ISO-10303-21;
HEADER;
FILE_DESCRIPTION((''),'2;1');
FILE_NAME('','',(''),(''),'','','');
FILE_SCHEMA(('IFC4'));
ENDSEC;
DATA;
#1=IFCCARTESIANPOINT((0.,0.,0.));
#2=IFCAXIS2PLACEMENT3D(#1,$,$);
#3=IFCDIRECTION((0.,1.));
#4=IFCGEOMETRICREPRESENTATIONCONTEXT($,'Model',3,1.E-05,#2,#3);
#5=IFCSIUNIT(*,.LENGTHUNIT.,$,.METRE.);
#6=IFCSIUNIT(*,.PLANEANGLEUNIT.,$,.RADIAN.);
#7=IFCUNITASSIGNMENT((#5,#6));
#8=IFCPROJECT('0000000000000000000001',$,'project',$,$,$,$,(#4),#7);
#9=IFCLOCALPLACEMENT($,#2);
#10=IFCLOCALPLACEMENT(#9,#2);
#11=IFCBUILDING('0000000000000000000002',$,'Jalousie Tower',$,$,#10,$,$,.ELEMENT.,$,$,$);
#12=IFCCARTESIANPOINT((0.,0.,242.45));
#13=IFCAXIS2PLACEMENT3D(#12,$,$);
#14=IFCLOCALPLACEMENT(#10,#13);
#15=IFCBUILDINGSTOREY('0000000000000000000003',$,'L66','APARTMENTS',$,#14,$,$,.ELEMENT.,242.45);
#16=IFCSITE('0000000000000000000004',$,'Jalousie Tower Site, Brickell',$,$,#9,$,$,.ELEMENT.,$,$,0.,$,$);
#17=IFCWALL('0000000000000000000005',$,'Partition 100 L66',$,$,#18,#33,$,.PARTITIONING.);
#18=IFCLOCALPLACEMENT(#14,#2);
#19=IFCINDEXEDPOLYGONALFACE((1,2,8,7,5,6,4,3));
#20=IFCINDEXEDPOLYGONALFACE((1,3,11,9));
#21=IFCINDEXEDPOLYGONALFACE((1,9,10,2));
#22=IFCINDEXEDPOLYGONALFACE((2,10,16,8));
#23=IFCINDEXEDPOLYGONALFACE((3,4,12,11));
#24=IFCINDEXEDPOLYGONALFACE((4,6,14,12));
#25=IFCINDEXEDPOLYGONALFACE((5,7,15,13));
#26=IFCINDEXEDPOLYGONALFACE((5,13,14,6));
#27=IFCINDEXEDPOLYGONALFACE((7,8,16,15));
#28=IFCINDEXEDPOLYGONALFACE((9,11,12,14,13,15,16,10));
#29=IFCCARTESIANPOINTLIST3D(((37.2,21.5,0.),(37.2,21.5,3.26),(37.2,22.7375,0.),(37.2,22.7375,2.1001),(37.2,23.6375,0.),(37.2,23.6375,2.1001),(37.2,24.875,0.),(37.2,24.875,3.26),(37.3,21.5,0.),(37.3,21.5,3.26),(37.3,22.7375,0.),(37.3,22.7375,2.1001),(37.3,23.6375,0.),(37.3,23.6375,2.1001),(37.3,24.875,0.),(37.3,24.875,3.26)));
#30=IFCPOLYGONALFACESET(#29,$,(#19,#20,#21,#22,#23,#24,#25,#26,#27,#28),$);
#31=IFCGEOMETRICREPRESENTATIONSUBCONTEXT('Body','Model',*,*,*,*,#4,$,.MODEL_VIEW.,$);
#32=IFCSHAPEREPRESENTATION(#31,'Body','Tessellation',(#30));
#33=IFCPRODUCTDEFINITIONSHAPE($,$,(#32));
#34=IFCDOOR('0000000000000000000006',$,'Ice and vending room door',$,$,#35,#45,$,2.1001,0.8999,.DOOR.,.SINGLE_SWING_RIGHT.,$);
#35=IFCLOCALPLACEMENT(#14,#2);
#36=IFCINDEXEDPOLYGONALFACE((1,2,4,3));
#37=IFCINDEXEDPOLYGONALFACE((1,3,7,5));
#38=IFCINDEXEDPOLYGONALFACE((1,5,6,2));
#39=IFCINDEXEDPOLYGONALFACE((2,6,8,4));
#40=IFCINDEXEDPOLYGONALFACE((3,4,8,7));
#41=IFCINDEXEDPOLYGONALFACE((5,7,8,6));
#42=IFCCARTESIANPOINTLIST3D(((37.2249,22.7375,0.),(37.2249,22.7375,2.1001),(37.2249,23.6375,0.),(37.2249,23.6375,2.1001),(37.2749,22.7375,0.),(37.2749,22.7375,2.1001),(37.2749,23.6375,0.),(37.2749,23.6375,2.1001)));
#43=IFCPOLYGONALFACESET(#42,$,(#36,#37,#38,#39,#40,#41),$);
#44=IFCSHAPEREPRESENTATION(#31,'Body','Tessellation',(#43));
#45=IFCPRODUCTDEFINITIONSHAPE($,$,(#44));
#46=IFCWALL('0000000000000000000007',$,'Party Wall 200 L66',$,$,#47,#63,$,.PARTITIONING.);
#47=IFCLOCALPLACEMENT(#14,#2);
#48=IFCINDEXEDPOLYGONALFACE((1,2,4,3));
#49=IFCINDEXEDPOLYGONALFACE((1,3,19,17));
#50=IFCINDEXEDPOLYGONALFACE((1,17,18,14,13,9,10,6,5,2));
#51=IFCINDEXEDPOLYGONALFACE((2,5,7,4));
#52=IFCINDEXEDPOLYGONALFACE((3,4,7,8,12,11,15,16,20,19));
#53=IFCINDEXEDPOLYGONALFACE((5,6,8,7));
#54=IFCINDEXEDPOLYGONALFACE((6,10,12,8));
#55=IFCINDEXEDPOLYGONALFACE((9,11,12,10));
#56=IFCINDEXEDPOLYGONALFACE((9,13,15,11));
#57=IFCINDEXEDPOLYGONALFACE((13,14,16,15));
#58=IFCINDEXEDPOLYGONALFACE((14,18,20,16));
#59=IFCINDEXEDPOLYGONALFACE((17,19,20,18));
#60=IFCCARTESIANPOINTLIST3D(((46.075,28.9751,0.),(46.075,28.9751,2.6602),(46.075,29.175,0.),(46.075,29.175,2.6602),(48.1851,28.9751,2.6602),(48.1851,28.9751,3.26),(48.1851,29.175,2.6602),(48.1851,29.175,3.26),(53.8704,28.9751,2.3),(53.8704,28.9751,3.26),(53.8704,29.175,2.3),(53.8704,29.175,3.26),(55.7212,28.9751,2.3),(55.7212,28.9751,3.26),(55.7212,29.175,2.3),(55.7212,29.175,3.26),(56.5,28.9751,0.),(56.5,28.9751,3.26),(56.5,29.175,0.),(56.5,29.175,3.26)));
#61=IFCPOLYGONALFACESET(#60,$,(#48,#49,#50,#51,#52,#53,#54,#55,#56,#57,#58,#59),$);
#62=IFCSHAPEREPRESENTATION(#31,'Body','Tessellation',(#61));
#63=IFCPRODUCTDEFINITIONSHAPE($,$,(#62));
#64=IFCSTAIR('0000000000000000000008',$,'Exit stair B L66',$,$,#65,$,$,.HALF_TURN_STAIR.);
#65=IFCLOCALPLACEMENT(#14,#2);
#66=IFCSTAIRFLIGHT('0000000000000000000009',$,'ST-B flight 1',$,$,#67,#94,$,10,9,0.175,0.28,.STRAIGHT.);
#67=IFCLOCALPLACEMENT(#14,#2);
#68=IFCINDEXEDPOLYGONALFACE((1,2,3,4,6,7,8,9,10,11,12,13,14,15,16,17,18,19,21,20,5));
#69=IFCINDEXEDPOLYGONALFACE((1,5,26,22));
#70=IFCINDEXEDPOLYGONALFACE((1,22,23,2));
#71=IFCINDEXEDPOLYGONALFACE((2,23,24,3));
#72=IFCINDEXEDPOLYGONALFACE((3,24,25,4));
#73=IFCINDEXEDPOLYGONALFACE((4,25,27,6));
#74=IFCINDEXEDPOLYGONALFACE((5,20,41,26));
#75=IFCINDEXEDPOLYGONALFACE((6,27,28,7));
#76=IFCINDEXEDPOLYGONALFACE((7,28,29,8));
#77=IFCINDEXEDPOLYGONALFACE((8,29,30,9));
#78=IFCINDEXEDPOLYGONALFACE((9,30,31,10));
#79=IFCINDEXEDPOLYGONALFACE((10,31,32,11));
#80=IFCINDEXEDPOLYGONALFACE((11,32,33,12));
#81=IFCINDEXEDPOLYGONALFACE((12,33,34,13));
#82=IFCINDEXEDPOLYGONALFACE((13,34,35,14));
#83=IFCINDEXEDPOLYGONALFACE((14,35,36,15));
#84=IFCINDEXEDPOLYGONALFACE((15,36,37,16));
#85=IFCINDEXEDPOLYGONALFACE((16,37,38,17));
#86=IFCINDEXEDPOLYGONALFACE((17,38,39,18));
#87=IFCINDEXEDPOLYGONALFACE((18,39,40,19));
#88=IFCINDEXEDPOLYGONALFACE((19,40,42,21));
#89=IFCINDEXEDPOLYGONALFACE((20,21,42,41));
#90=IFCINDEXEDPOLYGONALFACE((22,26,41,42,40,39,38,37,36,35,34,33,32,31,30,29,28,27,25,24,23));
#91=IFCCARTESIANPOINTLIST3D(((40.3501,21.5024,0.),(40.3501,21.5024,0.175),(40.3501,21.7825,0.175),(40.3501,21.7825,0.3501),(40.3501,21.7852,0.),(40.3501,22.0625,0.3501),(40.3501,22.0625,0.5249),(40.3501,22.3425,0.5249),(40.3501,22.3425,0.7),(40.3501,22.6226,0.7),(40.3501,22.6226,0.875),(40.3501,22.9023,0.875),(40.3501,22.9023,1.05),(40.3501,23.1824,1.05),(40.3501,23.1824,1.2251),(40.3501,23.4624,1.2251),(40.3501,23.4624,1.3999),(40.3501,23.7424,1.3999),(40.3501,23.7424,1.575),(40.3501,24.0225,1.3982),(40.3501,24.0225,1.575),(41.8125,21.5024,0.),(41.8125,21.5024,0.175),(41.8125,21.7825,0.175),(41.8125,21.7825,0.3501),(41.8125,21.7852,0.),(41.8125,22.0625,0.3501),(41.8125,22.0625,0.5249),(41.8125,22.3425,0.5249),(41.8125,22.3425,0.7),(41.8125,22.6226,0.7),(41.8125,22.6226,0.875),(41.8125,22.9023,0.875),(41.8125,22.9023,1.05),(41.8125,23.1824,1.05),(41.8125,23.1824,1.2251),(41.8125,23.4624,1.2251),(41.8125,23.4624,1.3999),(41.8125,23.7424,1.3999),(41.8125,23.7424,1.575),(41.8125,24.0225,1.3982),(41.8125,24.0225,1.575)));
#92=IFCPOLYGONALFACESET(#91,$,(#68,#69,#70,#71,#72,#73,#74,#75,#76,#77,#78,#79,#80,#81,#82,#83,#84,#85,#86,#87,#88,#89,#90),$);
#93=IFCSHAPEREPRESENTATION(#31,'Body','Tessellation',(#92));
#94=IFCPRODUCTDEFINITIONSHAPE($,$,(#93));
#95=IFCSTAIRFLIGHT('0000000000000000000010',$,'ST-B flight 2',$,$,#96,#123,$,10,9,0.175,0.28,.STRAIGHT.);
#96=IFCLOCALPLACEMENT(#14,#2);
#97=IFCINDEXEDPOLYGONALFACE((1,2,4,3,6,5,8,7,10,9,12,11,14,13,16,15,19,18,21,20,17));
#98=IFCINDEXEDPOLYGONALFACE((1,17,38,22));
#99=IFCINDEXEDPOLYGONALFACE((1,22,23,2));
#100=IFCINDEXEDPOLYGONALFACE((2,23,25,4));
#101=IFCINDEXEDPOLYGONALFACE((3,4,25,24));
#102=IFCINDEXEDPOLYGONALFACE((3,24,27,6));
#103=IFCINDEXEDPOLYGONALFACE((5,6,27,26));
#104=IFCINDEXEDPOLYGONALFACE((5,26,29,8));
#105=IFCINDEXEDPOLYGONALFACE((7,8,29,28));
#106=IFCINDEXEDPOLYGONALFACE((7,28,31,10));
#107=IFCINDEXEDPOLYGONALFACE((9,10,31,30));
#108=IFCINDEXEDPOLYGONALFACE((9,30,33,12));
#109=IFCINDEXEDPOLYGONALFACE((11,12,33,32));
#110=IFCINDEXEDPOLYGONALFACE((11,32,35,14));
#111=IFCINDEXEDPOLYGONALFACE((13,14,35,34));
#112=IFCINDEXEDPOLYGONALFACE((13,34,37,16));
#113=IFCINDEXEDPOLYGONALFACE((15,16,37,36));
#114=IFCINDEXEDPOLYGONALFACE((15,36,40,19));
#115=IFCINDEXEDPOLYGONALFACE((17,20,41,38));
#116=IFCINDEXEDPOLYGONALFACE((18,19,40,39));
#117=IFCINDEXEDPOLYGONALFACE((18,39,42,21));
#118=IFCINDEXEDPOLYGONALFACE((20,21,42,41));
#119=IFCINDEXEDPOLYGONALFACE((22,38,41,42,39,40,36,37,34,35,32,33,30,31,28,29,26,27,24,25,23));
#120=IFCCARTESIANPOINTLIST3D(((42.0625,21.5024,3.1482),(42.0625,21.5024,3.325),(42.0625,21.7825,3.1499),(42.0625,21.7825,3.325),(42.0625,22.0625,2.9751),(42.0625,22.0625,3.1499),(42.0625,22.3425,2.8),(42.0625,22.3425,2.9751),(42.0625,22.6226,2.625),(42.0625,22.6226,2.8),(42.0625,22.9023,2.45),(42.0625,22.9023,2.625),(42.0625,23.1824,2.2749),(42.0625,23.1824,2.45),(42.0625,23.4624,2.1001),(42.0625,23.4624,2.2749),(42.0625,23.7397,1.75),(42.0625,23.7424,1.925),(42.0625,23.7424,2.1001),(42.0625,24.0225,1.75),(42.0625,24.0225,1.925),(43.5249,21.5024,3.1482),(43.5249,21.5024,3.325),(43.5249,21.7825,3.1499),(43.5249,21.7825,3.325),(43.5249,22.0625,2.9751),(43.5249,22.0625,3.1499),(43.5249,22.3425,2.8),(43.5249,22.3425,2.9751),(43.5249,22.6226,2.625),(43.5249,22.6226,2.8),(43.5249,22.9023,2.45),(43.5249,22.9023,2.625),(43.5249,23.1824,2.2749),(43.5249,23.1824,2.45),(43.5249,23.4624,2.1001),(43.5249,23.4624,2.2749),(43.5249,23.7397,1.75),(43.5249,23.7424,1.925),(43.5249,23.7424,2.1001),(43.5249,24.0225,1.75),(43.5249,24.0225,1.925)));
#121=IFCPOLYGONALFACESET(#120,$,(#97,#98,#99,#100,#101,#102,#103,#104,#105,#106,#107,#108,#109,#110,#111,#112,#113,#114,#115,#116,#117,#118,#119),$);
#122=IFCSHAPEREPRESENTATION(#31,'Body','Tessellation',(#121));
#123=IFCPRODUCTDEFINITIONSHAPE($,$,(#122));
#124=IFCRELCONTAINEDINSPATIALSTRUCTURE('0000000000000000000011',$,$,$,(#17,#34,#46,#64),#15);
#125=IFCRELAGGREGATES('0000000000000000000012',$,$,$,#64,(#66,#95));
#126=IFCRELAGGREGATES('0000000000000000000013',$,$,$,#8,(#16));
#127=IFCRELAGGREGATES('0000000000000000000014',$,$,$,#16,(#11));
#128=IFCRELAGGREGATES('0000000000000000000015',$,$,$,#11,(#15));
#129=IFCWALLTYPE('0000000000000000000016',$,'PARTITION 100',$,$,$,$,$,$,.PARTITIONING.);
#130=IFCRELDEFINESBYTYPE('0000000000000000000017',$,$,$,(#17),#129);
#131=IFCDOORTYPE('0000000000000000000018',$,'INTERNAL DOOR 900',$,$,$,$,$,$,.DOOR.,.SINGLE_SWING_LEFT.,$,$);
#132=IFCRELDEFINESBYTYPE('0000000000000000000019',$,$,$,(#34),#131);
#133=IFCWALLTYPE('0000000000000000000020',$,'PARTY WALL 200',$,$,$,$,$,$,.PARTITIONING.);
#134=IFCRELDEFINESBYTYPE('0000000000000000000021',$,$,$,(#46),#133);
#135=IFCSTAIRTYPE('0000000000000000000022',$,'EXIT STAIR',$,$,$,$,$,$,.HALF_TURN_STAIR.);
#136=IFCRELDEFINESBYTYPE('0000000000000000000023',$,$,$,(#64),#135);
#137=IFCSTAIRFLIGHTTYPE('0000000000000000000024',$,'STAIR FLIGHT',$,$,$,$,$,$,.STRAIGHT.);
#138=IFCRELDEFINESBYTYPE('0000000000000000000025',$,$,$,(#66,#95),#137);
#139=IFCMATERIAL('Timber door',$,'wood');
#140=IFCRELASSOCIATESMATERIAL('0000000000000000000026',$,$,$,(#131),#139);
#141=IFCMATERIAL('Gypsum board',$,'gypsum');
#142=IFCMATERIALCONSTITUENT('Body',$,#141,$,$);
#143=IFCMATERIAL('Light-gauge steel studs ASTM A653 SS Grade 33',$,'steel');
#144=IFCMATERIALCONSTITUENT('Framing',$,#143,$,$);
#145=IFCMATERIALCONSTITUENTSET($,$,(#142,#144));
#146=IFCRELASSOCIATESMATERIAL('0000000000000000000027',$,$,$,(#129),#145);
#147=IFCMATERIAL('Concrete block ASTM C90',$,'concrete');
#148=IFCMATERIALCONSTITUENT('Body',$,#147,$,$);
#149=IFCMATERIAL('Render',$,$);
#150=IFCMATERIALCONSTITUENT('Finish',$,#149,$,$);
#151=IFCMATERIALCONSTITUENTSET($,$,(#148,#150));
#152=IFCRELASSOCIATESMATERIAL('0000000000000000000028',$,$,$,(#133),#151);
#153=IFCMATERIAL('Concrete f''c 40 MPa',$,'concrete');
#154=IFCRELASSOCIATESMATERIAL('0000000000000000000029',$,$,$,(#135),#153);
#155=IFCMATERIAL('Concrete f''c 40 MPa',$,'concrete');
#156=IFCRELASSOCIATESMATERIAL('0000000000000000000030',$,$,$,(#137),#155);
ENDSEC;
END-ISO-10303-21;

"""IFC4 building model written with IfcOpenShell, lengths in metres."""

from ifc_helpers import new_model, si_unit, direction, frame, frame_2d, origin, place, context, subcontext, project, spatial, polyline, rectangle, outline, extrude, material, constituent, constituent_set, type_object, element, fill, aggregate, save


model = new_model("IFC4")

# Units and contexts
model_context = context("Model", 3, precision=1e-05, world=origin(), true_north=direction((0.0, 1.0)))
body_context = subcontext(model_context, "Body", "Model", "MODEL_VIEW")
ifc_project = project(units=[si_unit("LENGTHUNIT", "METRE"), si_unit("PLANEANGLEUNIT", "RADIAN")], contexts=[model_context])

# Site, building, storey
site_placement = place(None, origin())
site = spatial("IfcSite", under=ifc_project, at=site_placement, Name="Jalousie Tower Site, Brickell", CompositionType="ELEMENT", RefElevation=0.0)
building_placement = place(site_placement, origin())
building = spatial("IfcBuilding", under=site, at=building_placement, Name="Jalousie Tower", CompositionType="ELEMENT")
storey_placement = place(building_placement, frame((0.0, 0.0, 242.45)))
storey = spatial("IfcBuildingStorey", under=building, at=storey_placement, Name="L66", Description="APARTMENTS", CompositionType="ELEMENT", Elevation=242.45)

# Shared definitions
ifc_material_1 = material(Name="Timber door", Category="wood")
door_type_1 = type_object("IfcDoorType", Name="INTERNAL DOOR 900", OperationType="SINGLE_SWING_LEFT", PredefinedType="DOOR", material=ifc_material_1)

# Shared definitions
ifc_material_2 = material(Name="Gypsum board", Category="gypsum")
ifc_constituent_1 = constituent(ifc_material_2, Name="Body")
ifc_material_3 = material(Name="Light-gauge steel studs ASTM A653 SS Grade 33", Category="steel")
ifc_constituent_2 = constituent(ifc_material_3, Name="Framing")
ifc_constituent_set_1 = constituent_set(constituents=[ifc_constituent_1, ifc_constituent_2])
wall_type_1 = type_object("IfcWallType", Name="PARTITION 100", PredefinedType="PARTITIONING", material=ifc_constituent_set_1)

# Wall, opening, door
wall_1_placement = place(storey_placement, frame((37.25, 21.5, 0.0), z_axis=(0.0, 0.0, 1.0), x_axis=(0.0, 1.0, 0.0)))
wall_1 = element("IfcWall", 1, at=wall_1_placement, inside=storey, type_object=wall_type_1, Name="Partition 100 L66", PredefinedType="PARTITIONING", context=body_context, shape_type="SweptSolid", body=[
    extrude(rectangle(XDim=3.375, YDim=0.1001, at=frame_2d((1.6875, 0.0))), origin(), (0.0, 0.0, 1.0), 3.26),
])
opening_1_placement = place(wall_1_placement, frame((1.2375, 0.0, 0.0)))
opening_1 = element("IfcOpeningElement", 2, at=opening_1_placement, cuts=wall_1, PredefinedType="OPENING", context=body_context, shape_type="SweptSolid", body=[
    extrude(rectangle(XDim=0.8999, YDim=2.1001, at=frame_2d((0.45, 1.05))), frame((0.0, 0.0601, 0.0), z_axis=(0.0, -1.0, 0.0), x_axis=(1.0, 0.0, 0.0)), (0.0, 0.0, 1.0), 0.1201),
])
door_1_placement = place(opening_1_placement, frame((0.8999, 0.0, 0.0), z_axis=(0.0, 0.0, 1.0), x_axis=(-1.0, 0.0, 0.0)))
door_1 = element("IfcDoor", 3, at=door_1_placement, inside=storey, type_object=door_type_1, Name="Ice and vending room door", OperationType="SINGLE_SWING_RIGHT", OverallHeight=2.1001, OverallWidth=0.8999, PredefinedType="DOOR", context=body_context, shape_type="SweptSolid", body=[
    extrude(rectangle(XDim=0.8999, YDim=2.1001, at=frame_2d((0.45, 1.05))), frame((0.0, 0.0249, 0.0), z_axis=(0.0, -1.0, 0.0), x_axis=(1.0, 0.0, 0.0)), (0.0, 0.0, 1.0), 0.05),
])
fill(opening_1, door_1)

# Wall
ifc_material_4 = material(Name="Concrete block ASTM C90", Category="concrete")
ifc_constituent_3 = constituent(ifc_material_4, Name="Body")
ifc_material_5 = material(Name="Render")
ifc_constituent_4 = constituent(ifc_material_5, Name="Finish")
ifc_constituent_set_2 = constituent_set(constituents=[ifc_constituent_3, ifc_constituent_4])
wall_type_2 = type_object("IfcWallType", Name="PARTY WALL 200", PredefinedType="PARTITIONING", material=ifc_constituent_set_2)
wall_2_placement = place(storey_placement, frame((46.075, 29.075, 0.0), z_axis=(0.0, 0.0, 1.0), x_axis=(1.0, 0.0, 0.0)))
element("IfcWall", 4, at=wall_2_placement, inside=storey, type_object=wall_type_2, Name="Party Wall 200 L66", PredefinedType="PARTITIONING", context=body_context, shape_type="SweptSolid", body=[
    extrude(outline(polyline([(0.0, 0.0), (10.425, 0.0), (10.425, 3.26), (9.6462, 3.26), (9.6462, 2.3), (7.7954, 2.3), (7.7954, 3.26), (2.1101, 3.26), (2.1101, 2.6602), (0.0, 2.6602), (0.0, 3.26), (0.0, 0.0)])), frame((0.0, 0.1001, 0.0), z_axis=(0.0, -1.0, 0.0), x_axis=(1.0, 0.0, 0.0)), (0.0, 0.0, 1.0), 0.2),
])

# Stair, stair flights
ifc_material_6 = material(Name="Concrete f'c 40 MPa", Category="concrete")
stair_type = type_object("IfcStairType", Name="EXIT STAIR", PredefinedType="HALF_TURN_STAIR", material=ifc_material_6)
stair_placement = place(storey_placement, origin())
stair = element("IfcStair", 5, at=stair_placement, inside=storey, type_object=stair_type, Name="Exit stair B L66", PredefinedType="HALF_TURN_STAIR")
ifc_material_7 = material(Name="Concrete f'c 40 MPa", Category="concrete")
stair_flight_type = type_object("IfcStairFlightType", Name="STAIR FLIGHT", PredefinedType="STRAIGHT", material=ifc_material_7)
stair_flight_1_placement = place(storey_placement, frame((41.0813, 21.5024, 0.0), z_axis=(0.0, 0.0, 1.0), x_axis=(0.0, 1.0, 0.0)))
stair_flight_1 = element("IfcStairFlight", 6, at=stair_flight_1_placement, type_object=stair_flight_type, Name="ST-B flight 1", NumberOfRisers=10, NumberOfTreads=9, PredefinedType="STRAIGHT", RiserHeight=0.175, TreadLength=0.28, context=body_context, shape_type="SweptSolid", body=[
    extrude(outline(polyline([(0.0, 0.0), (0.0, 0.175), (0.28, 0.175), (0.28, 0.3501), (0.5601, 0.3501), (0.5601, 0.5249), (0.8401, 0.5249), (0.8401, 0.7), (1.1201, 0.7), (1.1201, 0.875), (1.3999, 0.875), (1.3999, 1.05), (1.6799, 1.05), (1.6799, 1.2251), (1.96, 1.2251), (1.96, 1.3999), (2.24, 1.3999), (2.24, 1.575), (2.52, 1.575), (2.52, 1.75), (2.52, 1.3982), (0.2827, 0.0), (0.0, 0.0)])), frame((0.0, 0.7312, 0.0), z_axis=(0.0, -1.0, 0.0), x_axis=(1.0, 0.0, 0.0)), (0.0, 0.0, 1.0), 1.4624),
])
stair_flight_2_placement = place(storey_placement, frame((42.7937, 24.0225, 1.75), z_axis=(0.0, 0.0, 1.0), x_axis=(0.0, -1.0, 0.0)))
stair_flight_2 = element("IfcStairFlight", 7, at=stair_flight_2_placement, type_object=stair_flight_type, Name="ST-B flight 2", NumberOfRisers=10, NumberOfTreads=9, PredefinedType="STRAIGHT", RiserHeight=0.175, TreadLength=0.28, context=body_context, shape_type="SweptSolid", body=[
    extrude(outline(polyline([(0.0, 0.0), (0.0, 0.175), (0.28, 0.175), (0.28, 0.3501), (0.5601, 0.3501), (0.5601, 0.5249), (0.8401, 0.5249), (0.8401, 0.7), (1.1201, 0.7), (1.1201, 0.875), (1.3999, 0.875), (1.3999, 1.05), (1.6799, 1.05), (1.6799, 1.2251), (1.96, 1.2251), (1.96, 1.3999), (2.24, 1.3999), (2.24, 1.575), (2.52, 1.575), (2.52, 1.75), (2.52, 1.3982), (0.2827, 0.0), (0.0, 0.0)])), frame((0.0, 0.7312, 0.0), z_axis=(0.0, -1.0, 0.0), x_axis=(1.0, 0.0, 0.0)), (0.0, 0.0, 1.0), 1.4624),
])
aggregate(stair, [stair_flight_1, stair_flight_2])

save(model, "model.ifc")
